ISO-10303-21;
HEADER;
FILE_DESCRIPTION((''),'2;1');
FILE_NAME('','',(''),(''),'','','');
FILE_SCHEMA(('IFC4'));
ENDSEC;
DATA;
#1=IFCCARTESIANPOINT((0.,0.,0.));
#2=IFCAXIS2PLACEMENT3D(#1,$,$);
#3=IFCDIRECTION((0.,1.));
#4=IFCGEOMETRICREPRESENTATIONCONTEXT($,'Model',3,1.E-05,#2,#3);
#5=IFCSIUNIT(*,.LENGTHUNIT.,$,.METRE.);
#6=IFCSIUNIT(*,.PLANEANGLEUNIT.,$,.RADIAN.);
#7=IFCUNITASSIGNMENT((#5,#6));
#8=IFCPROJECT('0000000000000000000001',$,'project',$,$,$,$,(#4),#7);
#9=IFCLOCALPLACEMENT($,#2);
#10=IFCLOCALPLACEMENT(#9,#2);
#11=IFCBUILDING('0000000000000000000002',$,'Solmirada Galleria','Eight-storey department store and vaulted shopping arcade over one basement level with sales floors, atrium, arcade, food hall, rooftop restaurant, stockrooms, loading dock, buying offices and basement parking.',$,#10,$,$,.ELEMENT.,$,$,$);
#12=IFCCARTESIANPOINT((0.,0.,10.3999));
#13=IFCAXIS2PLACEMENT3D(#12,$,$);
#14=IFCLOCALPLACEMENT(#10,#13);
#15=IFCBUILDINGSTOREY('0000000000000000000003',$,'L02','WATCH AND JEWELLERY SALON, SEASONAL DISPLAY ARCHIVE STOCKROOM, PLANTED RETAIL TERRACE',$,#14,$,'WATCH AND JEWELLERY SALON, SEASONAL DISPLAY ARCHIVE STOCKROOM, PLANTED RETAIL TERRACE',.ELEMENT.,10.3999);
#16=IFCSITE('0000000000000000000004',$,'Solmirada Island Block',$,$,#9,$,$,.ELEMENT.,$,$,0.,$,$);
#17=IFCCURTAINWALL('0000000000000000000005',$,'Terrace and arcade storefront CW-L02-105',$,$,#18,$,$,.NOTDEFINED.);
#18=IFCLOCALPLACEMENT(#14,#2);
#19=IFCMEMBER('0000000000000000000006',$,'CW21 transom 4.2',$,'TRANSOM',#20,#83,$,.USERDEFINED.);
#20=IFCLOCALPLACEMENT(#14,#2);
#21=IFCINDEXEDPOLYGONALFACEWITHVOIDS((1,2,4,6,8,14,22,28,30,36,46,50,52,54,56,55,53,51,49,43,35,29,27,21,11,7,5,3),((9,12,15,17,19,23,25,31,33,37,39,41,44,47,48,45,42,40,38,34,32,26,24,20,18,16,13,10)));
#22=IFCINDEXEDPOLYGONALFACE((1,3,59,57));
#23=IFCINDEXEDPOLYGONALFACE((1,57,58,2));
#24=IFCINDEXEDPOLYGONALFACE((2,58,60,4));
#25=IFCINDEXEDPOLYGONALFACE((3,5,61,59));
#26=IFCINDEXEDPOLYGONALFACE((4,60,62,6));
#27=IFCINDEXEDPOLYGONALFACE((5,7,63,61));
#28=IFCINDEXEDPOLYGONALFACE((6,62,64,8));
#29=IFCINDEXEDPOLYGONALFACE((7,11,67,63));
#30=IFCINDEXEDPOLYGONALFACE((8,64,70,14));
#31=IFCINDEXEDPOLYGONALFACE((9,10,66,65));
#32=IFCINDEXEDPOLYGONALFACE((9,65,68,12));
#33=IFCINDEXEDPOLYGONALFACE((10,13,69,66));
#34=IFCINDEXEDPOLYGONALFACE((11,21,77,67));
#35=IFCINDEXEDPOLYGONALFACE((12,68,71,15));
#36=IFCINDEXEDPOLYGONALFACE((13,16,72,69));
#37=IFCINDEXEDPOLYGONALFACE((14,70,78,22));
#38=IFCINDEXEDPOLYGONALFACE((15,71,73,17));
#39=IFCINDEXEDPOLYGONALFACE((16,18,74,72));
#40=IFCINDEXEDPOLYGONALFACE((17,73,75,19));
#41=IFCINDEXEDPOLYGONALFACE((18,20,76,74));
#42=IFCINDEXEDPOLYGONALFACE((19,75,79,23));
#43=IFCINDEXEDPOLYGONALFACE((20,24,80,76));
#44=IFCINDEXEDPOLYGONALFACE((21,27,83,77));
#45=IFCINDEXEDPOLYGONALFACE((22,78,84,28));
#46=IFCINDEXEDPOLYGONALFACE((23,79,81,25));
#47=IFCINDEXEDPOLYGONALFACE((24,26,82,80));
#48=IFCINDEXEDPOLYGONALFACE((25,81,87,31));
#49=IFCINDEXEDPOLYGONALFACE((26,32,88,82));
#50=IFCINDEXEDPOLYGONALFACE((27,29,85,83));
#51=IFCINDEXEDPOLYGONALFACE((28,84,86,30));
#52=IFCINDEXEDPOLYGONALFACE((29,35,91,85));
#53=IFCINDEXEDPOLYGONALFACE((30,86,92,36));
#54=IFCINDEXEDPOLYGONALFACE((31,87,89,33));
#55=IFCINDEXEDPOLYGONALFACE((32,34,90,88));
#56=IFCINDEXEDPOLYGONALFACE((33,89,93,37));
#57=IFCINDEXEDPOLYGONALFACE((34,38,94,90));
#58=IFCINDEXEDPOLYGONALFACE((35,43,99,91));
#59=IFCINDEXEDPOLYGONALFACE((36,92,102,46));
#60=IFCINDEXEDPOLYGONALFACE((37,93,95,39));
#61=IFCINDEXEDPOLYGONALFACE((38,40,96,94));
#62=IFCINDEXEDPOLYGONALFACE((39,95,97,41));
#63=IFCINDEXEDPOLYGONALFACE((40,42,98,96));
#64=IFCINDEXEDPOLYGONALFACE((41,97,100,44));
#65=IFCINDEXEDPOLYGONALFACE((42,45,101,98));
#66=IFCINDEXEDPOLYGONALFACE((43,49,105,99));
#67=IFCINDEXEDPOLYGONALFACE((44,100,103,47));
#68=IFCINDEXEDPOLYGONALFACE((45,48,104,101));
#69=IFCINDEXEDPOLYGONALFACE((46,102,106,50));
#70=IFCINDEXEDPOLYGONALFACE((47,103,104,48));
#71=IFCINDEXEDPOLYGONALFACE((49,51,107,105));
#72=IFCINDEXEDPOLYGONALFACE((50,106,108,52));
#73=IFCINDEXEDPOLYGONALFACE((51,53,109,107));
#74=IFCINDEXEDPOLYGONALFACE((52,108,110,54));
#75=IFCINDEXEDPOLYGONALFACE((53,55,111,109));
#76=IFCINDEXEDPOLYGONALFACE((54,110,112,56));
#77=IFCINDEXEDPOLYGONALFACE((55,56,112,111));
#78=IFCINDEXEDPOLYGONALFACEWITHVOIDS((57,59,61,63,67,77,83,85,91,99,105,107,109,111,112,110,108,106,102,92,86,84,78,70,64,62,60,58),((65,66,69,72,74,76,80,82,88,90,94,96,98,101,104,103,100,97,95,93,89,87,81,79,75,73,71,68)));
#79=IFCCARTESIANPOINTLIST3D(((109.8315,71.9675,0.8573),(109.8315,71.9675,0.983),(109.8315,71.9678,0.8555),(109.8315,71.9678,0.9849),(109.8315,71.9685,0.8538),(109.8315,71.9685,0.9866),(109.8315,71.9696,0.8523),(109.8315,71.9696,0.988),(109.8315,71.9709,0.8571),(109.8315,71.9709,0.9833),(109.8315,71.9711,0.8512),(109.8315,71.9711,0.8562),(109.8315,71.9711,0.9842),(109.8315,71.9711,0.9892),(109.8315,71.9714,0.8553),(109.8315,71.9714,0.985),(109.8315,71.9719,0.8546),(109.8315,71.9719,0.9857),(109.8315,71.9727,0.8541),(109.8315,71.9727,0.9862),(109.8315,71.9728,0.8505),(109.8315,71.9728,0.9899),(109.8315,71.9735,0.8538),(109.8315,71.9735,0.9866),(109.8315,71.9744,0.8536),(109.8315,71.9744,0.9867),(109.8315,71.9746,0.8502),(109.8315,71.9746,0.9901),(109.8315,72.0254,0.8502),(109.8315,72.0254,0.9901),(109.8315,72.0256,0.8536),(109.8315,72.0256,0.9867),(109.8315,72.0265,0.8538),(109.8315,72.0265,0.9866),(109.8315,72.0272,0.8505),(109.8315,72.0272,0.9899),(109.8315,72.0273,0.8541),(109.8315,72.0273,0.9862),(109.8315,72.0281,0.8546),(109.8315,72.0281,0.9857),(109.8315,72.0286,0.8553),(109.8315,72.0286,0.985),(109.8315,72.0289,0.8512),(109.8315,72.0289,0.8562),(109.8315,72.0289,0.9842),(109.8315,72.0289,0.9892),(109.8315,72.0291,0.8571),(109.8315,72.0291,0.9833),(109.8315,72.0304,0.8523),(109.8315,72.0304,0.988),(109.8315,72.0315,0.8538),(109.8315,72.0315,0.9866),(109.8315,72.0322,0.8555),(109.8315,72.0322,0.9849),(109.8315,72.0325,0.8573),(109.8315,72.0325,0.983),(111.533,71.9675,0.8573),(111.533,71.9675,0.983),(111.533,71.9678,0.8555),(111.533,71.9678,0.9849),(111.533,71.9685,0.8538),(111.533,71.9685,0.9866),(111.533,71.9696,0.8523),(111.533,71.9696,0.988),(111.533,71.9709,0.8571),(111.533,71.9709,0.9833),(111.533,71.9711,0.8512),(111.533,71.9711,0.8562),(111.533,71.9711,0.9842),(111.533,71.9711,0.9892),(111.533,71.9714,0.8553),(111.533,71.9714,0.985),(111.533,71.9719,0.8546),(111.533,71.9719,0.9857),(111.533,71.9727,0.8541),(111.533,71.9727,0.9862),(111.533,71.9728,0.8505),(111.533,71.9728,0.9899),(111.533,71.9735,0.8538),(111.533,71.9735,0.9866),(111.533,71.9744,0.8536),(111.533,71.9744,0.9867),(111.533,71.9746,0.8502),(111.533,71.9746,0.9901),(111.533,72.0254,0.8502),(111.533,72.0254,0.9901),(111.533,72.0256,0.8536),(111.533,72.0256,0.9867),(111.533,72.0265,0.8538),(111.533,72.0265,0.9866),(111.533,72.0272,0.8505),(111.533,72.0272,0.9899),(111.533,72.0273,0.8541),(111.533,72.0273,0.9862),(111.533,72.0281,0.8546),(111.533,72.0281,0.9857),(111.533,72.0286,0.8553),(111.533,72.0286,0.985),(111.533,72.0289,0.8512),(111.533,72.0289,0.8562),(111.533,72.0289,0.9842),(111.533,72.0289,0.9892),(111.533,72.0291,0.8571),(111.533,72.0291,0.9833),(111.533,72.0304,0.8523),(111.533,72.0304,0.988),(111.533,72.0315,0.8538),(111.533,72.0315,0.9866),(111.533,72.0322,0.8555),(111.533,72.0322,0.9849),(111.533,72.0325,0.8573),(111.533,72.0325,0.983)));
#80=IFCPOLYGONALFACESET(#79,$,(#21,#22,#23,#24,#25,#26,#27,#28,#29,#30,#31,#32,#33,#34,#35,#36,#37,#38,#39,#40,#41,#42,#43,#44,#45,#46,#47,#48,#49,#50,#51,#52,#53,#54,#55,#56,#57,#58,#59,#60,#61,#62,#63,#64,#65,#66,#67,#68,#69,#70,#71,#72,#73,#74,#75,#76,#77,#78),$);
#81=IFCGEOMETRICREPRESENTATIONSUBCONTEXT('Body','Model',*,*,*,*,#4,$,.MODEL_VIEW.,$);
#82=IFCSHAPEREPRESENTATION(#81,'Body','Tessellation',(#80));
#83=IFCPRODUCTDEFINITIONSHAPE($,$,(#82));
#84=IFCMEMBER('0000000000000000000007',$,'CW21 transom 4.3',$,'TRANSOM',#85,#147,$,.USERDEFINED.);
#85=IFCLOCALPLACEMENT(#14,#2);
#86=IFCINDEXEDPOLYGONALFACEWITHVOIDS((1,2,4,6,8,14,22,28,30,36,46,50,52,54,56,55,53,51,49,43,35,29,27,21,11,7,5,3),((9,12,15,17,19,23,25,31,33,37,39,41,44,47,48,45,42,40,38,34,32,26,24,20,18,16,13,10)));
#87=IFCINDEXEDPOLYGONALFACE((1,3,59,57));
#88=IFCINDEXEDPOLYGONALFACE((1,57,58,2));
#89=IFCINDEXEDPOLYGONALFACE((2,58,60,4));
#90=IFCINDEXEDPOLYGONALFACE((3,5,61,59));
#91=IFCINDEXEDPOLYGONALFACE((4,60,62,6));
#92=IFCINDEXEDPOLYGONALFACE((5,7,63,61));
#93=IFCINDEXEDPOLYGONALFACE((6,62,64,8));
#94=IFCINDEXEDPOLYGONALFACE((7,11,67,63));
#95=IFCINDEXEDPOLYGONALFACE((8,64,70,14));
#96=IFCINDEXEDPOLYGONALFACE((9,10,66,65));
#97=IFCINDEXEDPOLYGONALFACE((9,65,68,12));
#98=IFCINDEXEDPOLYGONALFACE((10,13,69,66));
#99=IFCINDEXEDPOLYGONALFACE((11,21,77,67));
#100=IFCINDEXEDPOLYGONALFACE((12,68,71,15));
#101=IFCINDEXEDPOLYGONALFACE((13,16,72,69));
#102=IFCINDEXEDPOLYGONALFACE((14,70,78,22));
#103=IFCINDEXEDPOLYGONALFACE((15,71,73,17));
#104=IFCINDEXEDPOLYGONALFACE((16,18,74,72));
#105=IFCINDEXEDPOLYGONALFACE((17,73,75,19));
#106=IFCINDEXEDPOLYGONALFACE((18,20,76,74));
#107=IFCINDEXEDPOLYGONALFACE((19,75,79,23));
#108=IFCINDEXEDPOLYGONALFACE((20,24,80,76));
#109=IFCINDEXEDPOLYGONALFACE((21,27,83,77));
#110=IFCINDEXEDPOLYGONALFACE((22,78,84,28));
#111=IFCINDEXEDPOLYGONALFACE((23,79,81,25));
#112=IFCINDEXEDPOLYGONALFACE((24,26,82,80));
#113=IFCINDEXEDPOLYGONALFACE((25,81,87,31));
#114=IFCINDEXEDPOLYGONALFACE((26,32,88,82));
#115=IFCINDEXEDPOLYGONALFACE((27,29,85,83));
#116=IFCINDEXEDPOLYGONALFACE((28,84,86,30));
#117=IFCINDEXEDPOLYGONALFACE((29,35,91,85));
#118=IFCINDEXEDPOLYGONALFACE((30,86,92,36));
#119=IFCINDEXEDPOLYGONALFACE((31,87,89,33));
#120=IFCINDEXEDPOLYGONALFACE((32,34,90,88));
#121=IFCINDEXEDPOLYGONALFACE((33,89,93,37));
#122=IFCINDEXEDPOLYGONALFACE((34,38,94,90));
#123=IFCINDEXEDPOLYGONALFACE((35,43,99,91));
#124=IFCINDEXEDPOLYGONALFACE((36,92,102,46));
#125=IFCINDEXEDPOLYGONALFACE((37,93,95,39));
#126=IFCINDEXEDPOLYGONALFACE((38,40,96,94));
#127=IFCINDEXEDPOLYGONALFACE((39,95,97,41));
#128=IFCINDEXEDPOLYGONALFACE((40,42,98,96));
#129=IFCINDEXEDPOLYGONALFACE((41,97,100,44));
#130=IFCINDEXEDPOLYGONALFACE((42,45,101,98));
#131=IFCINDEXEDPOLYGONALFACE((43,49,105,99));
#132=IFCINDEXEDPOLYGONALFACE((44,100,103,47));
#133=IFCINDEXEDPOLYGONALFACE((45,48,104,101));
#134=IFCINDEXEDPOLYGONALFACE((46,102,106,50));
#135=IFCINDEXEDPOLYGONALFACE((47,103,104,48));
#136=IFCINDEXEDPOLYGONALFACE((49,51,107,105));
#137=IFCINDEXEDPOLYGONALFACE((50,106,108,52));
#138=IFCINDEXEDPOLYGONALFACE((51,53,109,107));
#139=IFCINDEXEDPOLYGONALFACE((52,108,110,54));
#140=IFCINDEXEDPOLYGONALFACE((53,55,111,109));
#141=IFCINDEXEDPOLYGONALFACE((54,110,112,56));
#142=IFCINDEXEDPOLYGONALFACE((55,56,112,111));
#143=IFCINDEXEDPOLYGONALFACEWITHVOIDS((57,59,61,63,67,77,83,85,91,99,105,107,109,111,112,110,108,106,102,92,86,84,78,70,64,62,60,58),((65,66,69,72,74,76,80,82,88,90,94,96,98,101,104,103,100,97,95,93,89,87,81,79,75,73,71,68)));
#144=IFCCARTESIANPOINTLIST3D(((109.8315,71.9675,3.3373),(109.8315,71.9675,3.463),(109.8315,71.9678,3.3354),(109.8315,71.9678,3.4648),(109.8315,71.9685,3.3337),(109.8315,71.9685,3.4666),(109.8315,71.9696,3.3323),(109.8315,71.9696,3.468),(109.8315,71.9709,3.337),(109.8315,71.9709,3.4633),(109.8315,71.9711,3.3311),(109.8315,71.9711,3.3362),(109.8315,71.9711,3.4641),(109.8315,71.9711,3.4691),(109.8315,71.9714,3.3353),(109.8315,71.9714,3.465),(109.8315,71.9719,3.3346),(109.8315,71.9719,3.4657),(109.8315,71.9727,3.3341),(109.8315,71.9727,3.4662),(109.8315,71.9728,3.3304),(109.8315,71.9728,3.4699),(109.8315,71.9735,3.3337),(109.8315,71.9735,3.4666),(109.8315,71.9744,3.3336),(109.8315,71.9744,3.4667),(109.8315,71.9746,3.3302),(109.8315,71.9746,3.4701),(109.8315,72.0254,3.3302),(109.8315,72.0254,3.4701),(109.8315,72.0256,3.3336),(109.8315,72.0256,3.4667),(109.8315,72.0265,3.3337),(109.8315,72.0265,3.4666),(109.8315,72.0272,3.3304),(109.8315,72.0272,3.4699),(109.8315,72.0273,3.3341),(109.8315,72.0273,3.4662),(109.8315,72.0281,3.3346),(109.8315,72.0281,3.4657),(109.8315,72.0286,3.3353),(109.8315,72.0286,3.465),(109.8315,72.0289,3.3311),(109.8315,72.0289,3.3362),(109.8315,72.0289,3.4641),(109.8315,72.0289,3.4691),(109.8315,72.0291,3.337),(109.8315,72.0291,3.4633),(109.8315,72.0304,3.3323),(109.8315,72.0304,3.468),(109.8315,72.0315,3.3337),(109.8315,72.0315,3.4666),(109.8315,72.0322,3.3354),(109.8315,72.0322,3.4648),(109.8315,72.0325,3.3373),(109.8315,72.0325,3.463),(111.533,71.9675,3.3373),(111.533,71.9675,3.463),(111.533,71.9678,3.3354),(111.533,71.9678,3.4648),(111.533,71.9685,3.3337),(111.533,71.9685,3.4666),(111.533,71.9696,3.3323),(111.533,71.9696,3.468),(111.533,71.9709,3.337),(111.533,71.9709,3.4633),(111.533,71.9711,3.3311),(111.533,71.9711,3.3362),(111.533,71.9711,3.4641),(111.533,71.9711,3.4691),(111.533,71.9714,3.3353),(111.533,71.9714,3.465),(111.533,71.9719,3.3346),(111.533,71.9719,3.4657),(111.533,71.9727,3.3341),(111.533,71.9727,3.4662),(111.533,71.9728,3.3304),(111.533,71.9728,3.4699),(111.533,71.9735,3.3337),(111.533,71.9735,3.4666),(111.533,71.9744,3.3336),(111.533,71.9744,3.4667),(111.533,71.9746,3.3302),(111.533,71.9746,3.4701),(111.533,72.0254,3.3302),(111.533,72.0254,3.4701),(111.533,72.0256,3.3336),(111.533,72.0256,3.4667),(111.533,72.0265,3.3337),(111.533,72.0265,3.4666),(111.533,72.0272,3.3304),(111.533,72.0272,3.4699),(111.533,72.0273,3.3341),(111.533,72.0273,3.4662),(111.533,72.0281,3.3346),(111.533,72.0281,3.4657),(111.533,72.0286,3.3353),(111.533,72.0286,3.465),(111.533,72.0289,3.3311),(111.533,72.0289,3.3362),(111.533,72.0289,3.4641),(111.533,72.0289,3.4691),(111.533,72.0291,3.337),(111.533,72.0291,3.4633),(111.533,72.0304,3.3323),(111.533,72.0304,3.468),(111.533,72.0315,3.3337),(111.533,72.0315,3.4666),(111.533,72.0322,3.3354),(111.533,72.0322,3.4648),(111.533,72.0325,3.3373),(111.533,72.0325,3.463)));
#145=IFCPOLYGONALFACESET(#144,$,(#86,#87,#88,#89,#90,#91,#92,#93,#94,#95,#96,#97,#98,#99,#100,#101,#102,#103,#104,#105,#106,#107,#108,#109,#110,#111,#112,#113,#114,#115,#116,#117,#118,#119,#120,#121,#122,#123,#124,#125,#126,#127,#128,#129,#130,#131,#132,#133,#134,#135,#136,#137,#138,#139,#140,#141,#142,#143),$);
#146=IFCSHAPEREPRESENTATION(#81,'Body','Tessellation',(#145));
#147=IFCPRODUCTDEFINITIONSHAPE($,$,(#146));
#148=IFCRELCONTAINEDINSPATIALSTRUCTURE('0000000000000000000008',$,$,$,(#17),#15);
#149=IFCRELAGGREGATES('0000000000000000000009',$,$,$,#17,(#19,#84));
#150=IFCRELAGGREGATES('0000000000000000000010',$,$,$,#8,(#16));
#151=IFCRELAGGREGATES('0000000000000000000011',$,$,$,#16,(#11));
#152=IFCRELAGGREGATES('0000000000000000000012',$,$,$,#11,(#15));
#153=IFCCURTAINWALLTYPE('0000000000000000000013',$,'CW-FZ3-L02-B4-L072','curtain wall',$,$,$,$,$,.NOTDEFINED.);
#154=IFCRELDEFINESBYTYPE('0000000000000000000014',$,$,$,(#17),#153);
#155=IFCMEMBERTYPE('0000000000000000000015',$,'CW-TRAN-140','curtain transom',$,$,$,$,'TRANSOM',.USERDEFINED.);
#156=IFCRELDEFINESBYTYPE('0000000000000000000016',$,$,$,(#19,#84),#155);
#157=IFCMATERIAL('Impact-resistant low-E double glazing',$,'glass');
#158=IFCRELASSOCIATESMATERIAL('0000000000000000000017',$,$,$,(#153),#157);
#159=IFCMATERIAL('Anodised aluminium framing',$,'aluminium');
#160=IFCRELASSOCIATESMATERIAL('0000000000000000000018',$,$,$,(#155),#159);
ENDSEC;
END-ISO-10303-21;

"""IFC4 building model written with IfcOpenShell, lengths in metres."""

from ifc_helpers import new_model, si_unit, direction, frame, origin, origin_2d, place, context, subcontext, project, spatial, hollow_rectangle, extrude, material, material_profile, profile_set, type_object, element, aggregate, save


model = new_model("IFC4")

# Units and contexts
model_context = context("Model", 3, precision=1e-05, world=origin(), true_north=direction((0.0, 1.0)))
body_context = subcontext(model_context, "Body", "Model", "MODEL_VIEW")
ifc_project = project(units=[si_unit("LENGTHUNIT", "METRE"), si_unit("PLANEANGLEUNIT", "RADIAN")], contexts=[model_context])

# Site, building, storey
site_placement = place(None, origin())
site = spatial("IfcSite", under=ifc_project, at=site_placement, Name="Solmirada Island Block", CompositionType="ELEMENT", RefElevation=0.0)
building_placement = place(site_placement, origin())
building = spatial("IfcBuilding", under=site, at=building_placement, Name="Solmirada Galleria", Description="Eight-storey department store and vaulted shopping arcade over one basement level with sales floors, atrium, arcade, food hall, rooftop restaurant, stockrooms, loading dock, buying offices and basement parking.", CompositionType="ELEMENT")
storey_placement = place(building_placement, frame((0.0, 0.0, 10.3999)))
storey = spatial("IfcBuildingStorey", under=building, at=storey_placement, Name="L02", Description="WATCH AND JEWELLERY SALON, SEASONAL DISPLAY ARCHIVE STOCKROOM, PLANTED RETAIL TERRACE", LongName="WATCH AND JEWELLERY SALON, SEASONAL DISPLAY ARCHIVE STOCKROOM, PLANTED RETAIL TERRACE", CompositionType="ELEMENT", Elevation=10.3999)

# Curtain wall
ifc_material_1 = material(Name="Impact-resistant low-E double glazing", Category="glass")
ifc_material_2 = material(Name="Anodised aluminium framing", Category="aluminium")
curtain_wall_type_1 = type_object("IfcCurtainWallType", Name="CW-FZ3-L02-B4-L072", Description="curtain wall", PredefinedType="NOTDEFINED", material=ifc_material_1)
curtain_wall_1_placement = place(storey_placement, origin())
curtain_wall_1 = element("IfcCurtainWall", 1, at=curtain_wall_1_placement, inside=storey, type_object=curtain_wall_type_1, Name="Terrace and arcade storefront CW-L02-105", PredefinedType="NOTDEFINED")

# Members
ifc_material_profile_1 = material_profile(ifc_material_2, hollow_rectangle(XDim=0.0649, YDim=0.1399, WallThickness=0.0034, InnerFilletRadius=0.0034, OuterFilletRadius=0.0071, at=origin_2d()), Name="ALU-TRAN-140X65")
ifc_profile_set_1 = profile_set([ifc_material_profile_1], Name="Anodised aluminium framing")
member_type_1 = type_object("IfcMemberType", Name="CW-TRAN-140", Description="curtain transom", ElementType="TRANSOM", PredefinedType="USERDEFINED", material=ifc_profile_set_1)
member_1_placement = place(storey_placement, frame((109.8315, 72.0, 0.9202), z_axis=(1.0, 0.0, 0.0), x_axis=(0.0, 1.0, 0.0)))
member_1 = element("IfcMember", 2, at=member_1_placement, type_object=member_type_1, Name="CW21 transom 4.2", ObjectType="TRANSOM", PredefinedType="USERDEFINED", context=body_context, shape_type="SweptSolid", body=[
    extrude(hollow_rectangle(XDim=0.0649, YDim=0.1399, WallThickness=0.0034, InnerFilletRadius=0.0034, OuterFilletRadius=0.0071, at=origin_2d()), origin(), (0.0, 0.0, 1.0), 1.7014),
])
member_2_placement = place(storey_placement, frame((109.8315, 72.0, 3.4001), z_axis=(1.0, 0.0, 0.0), x_axis=(0.0, 1.0, 0.0)))
member_2 = element("IfcMember", 3, at=member_2_placement, type_object=member_type_1, Name="CW21 transom 4.3", ObjectType="TRANSOM", PredefinedType="USERDEFINED", context=body_context, shape_type="SweptSolid", body=[
    extrude(hollow_rectangle(XDim=0.0649, YDim=0.1399, WallThickness=0.0034, InnerFilletRadius=0.0034, OuterFilletRadius=0.0071, at=origin_2d()), origin(), (0.0, 0.0, 1.0), 1.7014),
])

aggregate(curtain_wall_1, [member_1, member_2])

save(model, "model.ifc")
